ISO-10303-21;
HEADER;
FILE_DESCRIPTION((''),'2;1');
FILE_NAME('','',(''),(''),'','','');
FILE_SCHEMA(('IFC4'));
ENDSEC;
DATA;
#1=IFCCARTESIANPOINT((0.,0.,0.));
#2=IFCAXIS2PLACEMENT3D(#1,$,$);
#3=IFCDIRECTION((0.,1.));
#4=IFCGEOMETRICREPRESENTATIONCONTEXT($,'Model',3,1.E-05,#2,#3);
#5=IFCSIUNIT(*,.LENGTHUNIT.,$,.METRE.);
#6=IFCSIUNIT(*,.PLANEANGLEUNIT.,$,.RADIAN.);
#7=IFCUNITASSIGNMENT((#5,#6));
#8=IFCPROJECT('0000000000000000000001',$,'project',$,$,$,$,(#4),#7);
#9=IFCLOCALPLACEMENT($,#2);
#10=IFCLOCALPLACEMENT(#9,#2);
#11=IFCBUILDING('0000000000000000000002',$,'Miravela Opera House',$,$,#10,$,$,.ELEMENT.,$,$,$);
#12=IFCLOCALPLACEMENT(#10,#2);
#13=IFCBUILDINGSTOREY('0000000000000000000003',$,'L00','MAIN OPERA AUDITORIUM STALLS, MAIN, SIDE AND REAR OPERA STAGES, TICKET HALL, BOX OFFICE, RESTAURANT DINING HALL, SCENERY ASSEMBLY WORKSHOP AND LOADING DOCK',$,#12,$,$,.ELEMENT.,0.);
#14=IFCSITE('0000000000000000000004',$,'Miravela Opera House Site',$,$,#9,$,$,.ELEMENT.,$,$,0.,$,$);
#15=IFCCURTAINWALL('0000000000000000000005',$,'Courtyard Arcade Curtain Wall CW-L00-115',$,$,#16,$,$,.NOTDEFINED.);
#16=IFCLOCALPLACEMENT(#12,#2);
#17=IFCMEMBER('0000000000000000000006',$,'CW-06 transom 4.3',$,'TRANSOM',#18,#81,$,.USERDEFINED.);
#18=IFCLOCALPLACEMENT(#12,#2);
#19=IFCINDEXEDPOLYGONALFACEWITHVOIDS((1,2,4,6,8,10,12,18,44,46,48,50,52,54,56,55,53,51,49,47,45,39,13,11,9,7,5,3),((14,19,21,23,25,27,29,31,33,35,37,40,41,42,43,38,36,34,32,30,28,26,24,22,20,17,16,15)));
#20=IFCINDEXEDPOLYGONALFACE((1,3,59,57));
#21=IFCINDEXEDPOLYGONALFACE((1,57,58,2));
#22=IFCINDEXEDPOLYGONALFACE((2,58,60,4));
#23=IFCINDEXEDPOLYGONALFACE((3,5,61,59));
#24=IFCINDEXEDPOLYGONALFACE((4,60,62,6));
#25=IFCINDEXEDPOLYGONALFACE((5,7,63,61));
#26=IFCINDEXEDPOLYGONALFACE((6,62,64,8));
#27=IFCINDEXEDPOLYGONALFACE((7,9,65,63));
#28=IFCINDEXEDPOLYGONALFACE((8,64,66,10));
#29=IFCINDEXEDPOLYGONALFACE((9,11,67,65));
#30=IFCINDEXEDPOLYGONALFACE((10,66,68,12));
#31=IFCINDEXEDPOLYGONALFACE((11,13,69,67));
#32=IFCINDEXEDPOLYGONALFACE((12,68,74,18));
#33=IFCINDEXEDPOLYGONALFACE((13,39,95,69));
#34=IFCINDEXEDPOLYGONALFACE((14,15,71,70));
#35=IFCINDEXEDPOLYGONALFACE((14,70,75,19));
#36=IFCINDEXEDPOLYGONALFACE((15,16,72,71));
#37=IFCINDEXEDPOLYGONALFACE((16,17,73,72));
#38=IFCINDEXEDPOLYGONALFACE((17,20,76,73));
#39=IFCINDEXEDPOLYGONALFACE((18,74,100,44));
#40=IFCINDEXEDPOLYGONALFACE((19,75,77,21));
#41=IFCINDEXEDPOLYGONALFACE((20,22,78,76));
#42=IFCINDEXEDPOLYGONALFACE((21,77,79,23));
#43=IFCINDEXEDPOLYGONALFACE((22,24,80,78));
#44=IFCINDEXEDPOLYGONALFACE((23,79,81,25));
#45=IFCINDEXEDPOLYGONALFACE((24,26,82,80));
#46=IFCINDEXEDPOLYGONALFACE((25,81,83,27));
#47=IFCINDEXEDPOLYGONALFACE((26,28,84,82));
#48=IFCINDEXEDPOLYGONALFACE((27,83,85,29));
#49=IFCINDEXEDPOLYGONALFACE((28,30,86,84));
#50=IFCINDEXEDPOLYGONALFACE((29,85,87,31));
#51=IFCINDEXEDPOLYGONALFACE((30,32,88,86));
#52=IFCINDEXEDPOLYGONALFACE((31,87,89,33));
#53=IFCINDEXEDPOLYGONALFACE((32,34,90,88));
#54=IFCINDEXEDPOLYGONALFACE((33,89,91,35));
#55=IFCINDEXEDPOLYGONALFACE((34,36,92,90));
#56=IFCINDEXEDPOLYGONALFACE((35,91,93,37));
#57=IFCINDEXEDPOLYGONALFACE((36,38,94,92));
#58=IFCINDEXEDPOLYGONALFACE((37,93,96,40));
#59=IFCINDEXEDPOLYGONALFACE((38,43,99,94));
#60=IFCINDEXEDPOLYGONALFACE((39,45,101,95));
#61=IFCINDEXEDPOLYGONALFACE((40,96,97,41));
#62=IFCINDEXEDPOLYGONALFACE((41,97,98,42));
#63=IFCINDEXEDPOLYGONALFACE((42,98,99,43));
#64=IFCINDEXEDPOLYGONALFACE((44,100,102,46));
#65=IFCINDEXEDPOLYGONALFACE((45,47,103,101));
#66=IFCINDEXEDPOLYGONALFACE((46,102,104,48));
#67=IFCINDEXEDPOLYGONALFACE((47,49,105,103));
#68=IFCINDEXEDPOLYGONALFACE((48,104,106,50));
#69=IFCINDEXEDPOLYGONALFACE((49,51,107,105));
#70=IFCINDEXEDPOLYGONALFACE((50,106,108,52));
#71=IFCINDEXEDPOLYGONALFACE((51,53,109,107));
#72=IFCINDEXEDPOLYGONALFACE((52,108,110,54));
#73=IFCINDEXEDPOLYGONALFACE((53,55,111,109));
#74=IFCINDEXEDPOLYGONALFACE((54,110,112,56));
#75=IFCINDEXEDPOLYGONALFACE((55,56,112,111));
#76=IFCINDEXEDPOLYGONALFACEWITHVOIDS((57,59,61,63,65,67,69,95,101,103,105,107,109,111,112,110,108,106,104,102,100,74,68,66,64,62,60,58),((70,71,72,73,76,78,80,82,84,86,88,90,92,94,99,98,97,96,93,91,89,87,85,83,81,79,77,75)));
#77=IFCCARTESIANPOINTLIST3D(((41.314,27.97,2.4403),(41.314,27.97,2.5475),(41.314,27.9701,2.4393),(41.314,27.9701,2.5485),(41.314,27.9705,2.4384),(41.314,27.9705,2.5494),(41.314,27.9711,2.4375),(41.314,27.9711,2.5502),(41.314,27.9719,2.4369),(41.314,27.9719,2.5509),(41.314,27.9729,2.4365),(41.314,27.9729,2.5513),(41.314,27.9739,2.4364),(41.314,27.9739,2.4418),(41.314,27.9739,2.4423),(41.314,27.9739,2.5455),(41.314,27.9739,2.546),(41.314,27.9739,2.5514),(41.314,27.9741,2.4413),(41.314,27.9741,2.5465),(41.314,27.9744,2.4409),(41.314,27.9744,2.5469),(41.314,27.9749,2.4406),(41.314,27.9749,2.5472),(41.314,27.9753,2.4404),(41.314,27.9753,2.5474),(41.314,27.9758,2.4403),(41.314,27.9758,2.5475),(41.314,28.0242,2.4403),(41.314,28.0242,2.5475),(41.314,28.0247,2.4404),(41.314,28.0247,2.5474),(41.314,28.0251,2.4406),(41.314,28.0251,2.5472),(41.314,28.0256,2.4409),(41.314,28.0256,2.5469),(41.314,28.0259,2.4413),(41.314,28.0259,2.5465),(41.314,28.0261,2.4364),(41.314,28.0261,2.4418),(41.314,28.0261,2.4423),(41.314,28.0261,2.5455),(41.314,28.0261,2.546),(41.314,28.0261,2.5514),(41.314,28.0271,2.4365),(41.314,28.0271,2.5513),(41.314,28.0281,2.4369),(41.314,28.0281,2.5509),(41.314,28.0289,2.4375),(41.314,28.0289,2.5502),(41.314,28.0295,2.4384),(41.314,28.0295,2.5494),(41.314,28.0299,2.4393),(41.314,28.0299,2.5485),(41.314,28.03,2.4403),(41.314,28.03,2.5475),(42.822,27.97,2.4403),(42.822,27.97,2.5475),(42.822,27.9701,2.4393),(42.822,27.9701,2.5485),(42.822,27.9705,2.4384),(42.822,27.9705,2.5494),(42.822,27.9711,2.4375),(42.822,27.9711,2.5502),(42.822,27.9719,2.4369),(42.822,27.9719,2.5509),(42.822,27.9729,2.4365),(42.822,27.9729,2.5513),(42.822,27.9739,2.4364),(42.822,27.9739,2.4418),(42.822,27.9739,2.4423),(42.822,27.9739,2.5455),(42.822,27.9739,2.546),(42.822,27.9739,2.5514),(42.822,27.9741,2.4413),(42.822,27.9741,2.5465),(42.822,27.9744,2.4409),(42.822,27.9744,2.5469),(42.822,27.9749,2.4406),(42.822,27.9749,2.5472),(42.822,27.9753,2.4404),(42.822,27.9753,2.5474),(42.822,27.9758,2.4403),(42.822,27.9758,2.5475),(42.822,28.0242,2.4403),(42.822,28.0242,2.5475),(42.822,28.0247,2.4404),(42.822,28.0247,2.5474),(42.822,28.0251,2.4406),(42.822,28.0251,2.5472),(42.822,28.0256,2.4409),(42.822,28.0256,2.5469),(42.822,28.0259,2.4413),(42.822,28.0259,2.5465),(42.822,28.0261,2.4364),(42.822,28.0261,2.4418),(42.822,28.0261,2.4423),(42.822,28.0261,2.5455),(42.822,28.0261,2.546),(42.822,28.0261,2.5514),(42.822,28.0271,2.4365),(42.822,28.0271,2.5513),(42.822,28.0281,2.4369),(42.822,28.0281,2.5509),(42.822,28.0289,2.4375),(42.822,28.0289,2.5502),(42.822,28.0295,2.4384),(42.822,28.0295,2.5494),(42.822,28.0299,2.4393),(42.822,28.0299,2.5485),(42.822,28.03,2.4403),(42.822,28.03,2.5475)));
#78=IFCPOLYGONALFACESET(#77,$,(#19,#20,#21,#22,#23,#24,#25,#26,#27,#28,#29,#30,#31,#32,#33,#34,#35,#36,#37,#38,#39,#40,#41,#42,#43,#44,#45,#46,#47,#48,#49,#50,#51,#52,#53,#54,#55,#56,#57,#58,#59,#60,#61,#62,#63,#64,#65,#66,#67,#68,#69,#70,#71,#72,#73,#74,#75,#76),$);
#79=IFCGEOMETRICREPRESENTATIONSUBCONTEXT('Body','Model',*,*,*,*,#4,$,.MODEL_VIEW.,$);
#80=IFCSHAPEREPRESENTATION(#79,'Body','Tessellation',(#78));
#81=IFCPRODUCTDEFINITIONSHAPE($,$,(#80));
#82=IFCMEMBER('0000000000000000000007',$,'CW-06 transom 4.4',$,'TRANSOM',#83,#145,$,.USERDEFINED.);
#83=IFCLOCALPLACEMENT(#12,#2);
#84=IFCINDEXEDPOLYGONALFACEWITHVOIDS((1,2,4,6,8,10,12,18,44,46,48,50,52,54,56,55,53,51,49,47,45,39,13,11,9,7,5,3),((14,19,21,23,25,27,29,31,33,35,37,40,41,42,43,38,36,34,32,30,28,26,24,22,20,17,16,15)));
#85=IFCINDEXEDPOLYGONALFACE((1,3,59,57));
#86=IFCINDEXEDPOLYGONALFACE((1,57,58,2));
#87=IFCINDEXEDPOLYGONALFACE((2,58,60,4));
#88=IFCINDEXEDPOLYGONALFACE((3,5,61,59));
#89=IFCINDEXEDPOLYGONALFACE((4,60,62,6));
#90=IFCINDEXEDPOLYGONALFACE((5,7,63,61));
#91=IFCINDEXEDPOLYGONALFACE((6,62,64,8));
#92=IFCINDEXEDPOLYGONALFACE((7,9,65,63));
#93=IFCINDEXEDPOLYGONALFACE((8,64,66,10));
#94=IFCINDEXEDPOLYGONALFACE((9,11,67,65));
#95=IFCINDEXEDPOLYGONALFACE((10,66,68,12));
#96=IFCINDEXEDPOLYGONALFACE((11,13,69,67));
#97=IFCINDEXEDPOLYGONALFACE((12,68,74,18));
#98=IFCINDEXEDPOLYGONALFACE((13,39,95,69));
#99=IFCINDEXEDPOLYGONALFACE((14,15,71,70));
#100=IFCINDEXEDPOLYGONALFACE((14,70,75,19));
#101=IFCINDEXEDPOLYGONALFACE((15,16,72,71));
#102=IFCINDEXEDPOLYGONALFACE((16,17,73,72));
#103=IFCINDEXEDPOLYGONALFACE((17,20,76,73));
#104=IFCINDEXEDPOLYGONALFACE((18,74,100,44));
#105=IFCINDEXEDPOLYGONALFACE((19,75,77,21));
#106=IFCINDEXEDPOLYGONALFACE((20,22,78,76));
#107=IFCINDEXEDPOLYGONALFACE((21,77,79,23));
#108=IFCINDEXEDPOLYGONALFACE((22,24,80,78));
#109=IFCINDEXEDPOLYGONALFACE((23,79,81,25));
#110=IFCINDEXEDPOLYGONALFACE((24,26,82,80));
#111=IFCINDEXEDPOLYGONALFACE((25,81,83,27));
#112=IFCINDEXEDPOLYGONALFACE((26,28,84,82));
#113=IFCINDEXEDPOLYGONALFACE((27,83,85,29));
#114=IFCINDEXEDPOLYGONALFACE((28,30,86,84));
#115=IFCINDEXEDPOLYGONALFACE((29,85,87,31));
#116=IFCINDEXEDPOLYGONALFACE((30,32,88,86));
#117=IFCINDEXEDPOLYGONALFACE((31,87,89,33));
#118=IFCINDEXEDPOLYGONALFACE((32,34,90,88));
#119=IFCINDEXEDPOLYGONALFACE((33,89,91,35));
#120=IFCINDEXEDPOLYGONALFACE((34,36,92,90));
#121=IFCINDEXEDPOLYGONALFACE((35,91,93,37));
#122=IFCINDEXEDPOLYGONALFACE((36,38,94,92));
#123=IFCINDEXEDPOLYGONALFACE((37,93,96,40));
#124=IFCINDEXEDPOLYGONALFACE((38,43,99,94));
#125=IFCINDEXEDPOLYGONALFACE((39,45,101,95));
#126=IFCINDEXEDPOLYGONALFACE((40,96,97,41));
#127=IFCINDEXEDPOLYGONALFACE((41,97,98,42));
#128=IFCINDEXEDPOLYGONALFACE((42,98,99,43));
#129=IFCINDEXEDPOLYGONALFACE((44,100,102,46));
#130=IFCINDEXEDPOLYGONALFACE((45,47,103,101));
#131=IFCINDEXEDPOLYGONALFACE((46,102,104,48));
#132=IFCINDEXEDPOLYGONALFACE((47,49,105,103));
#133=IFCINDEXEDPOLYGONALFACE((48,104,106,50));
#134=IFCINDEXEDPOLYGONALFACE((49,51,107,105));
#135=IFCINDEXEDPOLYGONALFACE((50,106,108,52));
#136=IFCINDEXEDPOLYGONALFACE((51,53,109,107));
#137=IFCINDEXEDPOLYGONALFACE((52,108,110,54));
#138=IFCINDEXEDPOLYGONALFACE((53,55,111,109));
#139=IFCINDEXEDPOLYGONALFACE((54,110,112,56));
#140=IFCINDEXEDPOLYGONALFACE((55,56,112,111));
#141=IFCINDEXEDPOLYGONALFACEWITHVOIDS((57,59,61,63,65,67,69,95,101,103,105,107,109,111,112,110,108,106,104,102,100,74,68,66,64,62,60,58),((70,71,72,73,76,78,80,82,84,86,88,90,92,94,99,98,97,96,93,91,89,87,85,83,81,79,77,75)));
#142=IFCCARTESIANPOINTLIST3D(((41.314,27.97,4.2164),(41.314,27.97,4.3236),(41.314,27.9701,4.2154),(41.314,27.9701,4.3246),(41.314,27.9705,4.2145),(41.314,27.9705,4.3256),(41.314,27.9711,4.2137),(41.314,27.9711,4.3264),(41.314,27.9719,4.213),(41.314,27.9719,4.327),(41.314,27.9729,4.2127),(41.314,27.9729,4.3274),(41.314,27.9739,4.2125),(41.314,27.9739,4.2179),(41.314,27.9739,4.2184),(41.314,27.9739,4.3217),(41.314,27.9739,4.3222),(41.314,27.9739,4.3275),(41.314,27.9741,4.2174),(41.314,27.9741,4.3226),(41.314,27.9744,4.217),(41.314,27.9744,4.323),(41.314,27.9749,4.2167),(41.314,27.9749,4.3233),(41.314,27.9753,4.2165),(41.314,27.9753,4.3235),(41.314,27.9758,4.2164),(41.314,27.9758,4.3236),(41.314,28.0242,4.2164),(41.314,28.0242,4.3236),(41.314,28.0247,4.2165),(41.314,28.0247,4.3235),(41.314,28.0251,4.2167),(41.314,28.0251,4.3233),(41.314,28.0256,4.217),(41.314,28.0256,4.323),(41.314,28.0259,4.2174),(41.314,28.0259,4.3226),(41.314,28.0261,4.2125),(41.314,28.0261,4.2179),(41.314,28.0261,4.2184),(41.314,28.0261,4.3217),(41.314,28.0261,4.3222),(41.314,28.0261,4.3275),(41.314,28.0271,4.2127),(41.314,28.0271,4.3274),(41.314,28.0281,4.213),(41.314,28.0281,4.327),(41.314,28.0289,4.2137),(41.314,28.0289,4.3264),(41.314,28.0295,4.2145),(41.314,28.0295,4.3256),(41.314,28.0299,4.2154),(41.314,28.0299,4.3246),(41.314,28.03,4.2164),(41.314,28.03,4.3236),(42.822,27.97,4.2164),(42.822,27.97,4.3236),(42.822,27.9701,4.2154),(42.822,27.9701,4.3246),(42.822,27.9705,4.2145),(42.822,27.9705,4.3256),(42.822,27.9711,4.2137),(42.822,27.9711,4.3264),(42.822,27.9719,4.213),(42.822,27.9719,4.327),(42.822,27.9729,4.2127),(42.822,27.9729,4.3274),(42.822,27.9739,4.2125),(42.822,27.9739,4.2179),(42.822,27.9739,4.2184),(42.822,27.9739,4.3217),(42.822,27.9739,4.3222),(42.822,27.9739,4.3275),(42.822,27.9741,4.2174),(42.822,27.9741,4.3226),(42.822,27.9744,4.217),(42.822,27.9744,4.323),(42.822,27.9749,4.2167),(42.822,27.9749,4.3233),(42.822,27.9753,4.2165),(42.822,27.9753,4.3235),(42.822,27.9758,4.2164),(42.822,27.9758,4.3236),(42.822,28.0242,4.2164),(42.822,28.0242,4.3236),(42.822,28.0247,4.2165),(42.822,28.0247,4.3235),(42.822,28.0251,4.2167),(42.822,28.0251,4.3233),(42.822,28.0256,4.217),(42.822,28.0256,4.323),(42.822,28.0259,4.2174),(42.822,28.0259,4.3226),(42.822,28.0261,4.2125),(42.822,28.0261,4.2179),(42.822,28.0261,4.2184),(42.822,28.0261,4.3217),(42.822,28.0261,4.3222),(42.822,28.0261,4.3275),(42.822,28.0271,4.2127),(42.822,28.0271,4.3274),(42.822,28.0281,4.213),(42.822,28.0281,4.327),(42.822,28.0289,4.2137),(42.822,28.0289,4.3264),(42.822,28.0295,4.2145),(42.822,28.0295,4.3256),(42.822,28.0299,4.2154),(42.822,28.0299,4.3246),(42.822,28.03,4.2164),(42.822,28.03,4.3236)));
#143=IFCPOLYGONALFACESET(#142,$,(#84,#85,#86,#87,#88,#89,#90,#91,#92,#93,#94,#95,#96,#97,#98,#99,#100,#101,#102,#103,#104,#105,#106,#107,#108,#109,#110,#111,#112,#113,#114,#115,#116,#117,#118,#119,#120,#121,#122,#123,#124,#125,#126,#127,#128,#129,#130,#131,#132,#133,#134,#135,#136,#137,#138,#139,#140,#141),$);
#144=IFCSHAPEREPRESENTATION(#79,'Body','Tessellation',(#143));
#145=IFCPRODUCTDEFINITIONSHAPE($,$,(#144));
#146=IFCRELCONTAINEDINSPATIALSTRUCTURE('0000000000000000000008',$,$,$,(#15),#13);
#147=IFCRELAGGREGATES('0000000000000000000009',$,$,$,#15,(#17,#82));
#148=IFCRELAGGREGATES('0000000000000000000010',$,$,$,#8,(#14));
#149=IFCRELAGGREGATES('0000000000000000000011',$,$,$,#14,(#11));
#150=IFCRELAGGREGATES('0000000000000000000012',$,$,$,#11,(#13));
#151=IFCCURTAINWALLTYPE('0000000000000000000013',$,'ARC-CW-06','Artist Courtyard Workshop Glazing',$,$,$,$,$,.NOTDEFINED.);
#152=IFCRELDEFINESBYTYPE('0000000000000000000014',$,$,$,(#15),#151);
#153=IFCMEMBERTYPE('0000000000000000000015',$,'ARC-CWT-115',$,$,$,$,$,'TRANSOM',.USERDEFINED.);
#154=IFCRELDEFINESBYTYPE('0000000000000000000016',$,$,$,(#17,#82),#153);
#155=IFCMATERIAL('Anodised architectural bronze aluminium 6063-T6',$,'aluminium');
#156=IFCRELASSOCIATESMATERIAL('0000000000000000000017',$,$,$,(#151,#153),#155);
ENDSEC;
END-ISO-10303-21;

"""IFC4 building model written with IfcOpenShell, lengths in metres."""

from ifc_helpers import new_model, si_unit, direction, frame, origin, origin_2d, place, context, subcontext, project, spatial, hollow_rectangle, extrude, material, material_profile, profile_set, type_object, element, aggregate, save


model = new_model("IFC4")

# Units and contexts
model_context = context("Model", 3, precision=1e-05, world=origin(), true_north=direction((0.0, 1.0)))
body_context = subcontext(model_context, "Body", "Model", "MODEL_VIEW")
ifc_project = project(units=[si_unit("LENGTHUNIT", "METRE"), si_unit("PLANEANGLEUNIT", "RADIAN")], contexts=[model_context])

# Site, building, storey
site_placement = place(None, origin())
site = spatial("IfcSite", under=ifc_project, at=site_placement, Name="Miravela Opera House Site", CompositionType="ELEMENT", RefElevation=0.0)
building_placement = place(site_placement, origin())
building = spatial("IfcBuilding", under=site, at=building_placement, Name="Miravela Opera House", CompositionType="ELEMENT")
storey_placement = place(building_placement, origin())
storey = spatial("IfcBuildingStorey", under=building, at=storey_placement, Name="L00", Description="MAIN OPERA AUDITORIUM STALLS, MAIN, SIDE AND REAR OPERA STAGES, TICKET HALL, BOX OFFICE, RESTAURANT DINING HALL, SCENERY ASSEMBLY WORKSHOP AND LOADING DOCK", CompositionType="ELEMENT", Elevation=0.0)

# Curtain wall, members
ifc_material_1 = material(Name="Anodised architectural bronze aluminium 6063-T6", Category="aluminium")
curtain_wall_type = type_object("IfcCurtainWallType", Name="ARC-CW-06", Description="Artist Courtyard Workshop Glazing", PredefinedType="NOTDEFINED", material=ifc_material_1)
curtain_wall_placement = place(storey_placement, origin())
curtain_wall = element("IfcCurtainWall", 1, at=curtain_wall_placement, inside=storey, type_object=curtain_wall_type, Name="Courtyard Arcade Curtain Wall CW-L00-115", PredefinedType="NOTDEFINED")
ifc_material_profile_1 = material_profile(ifc_material_1, hollow_rectangle(XDim=0.0601, YDim=0.115, WallThickness=0.0039, InnerFilletRadius=0.002, OuterFilletRadius=0.0039, at=origin_2d()), Name="CWT-60X115")
ifc_profile_set_1 = profile_set([ifc_material_profile_1])
member_type_1 = type_object("IfcMemberType", Name="ARC-CWT-115", ElementType="TRANSOM", PredefinedType="USERDEFINED", material=ifc_profile_set_1)
member_1_placement = place(storey_placement, frame((41.314, 28.0, 2.4939), z_axis=(1.0, 0.0, 0.0), x_axis=(0.0, 1.0, 0.0)))
member_1 = element("IfcMember", 2, at=member_1_placement, type_object=member_type_1, Name="CW-06 transom 4.3", ObjectType="TRANSOM", PredefinedType="USERDEFINED", context=body_context, shape_type="SweptSolid", body=[
    extrude(hollow_rectangle(XDim=0.0601, YDim=0.115, WallThickness=0.0039, InnerFilletRadius=0.002, OuterFilletRadius=0.0039, at=origin_2d()), origin(), (0.0, 0.0, 1.0), 1.5081),
])
member_2_placement = place(storey_placement, frame((41.314, 28.0, 4.27), z_axis=(1.0, 0.0, 0.0), x_axis=(0.0, 1.0, 0.0)))
member_2 = element("IfcMember", 3, at=member_2_placement, type_object=member_type_1, Name="CW-06 transom 4.4", ObjectType="TRANSOM", PredefinedType="USERDEFINED", context=body_context, shape_type="SweptSolid", body=[
    extrude(hollow_rectangle(XDim=0.0601, YDim=0.115, WallThickness=0.0039, InnerFilletRadius=0.002, OuterFilletRadius=0.0039, at=origin_2d()), origin(), (0.0, 0.0, 1.0), 1.5081),
])

aggregate(curtain_wall, [member_1, member_2])

save(model, "model.ifc")
